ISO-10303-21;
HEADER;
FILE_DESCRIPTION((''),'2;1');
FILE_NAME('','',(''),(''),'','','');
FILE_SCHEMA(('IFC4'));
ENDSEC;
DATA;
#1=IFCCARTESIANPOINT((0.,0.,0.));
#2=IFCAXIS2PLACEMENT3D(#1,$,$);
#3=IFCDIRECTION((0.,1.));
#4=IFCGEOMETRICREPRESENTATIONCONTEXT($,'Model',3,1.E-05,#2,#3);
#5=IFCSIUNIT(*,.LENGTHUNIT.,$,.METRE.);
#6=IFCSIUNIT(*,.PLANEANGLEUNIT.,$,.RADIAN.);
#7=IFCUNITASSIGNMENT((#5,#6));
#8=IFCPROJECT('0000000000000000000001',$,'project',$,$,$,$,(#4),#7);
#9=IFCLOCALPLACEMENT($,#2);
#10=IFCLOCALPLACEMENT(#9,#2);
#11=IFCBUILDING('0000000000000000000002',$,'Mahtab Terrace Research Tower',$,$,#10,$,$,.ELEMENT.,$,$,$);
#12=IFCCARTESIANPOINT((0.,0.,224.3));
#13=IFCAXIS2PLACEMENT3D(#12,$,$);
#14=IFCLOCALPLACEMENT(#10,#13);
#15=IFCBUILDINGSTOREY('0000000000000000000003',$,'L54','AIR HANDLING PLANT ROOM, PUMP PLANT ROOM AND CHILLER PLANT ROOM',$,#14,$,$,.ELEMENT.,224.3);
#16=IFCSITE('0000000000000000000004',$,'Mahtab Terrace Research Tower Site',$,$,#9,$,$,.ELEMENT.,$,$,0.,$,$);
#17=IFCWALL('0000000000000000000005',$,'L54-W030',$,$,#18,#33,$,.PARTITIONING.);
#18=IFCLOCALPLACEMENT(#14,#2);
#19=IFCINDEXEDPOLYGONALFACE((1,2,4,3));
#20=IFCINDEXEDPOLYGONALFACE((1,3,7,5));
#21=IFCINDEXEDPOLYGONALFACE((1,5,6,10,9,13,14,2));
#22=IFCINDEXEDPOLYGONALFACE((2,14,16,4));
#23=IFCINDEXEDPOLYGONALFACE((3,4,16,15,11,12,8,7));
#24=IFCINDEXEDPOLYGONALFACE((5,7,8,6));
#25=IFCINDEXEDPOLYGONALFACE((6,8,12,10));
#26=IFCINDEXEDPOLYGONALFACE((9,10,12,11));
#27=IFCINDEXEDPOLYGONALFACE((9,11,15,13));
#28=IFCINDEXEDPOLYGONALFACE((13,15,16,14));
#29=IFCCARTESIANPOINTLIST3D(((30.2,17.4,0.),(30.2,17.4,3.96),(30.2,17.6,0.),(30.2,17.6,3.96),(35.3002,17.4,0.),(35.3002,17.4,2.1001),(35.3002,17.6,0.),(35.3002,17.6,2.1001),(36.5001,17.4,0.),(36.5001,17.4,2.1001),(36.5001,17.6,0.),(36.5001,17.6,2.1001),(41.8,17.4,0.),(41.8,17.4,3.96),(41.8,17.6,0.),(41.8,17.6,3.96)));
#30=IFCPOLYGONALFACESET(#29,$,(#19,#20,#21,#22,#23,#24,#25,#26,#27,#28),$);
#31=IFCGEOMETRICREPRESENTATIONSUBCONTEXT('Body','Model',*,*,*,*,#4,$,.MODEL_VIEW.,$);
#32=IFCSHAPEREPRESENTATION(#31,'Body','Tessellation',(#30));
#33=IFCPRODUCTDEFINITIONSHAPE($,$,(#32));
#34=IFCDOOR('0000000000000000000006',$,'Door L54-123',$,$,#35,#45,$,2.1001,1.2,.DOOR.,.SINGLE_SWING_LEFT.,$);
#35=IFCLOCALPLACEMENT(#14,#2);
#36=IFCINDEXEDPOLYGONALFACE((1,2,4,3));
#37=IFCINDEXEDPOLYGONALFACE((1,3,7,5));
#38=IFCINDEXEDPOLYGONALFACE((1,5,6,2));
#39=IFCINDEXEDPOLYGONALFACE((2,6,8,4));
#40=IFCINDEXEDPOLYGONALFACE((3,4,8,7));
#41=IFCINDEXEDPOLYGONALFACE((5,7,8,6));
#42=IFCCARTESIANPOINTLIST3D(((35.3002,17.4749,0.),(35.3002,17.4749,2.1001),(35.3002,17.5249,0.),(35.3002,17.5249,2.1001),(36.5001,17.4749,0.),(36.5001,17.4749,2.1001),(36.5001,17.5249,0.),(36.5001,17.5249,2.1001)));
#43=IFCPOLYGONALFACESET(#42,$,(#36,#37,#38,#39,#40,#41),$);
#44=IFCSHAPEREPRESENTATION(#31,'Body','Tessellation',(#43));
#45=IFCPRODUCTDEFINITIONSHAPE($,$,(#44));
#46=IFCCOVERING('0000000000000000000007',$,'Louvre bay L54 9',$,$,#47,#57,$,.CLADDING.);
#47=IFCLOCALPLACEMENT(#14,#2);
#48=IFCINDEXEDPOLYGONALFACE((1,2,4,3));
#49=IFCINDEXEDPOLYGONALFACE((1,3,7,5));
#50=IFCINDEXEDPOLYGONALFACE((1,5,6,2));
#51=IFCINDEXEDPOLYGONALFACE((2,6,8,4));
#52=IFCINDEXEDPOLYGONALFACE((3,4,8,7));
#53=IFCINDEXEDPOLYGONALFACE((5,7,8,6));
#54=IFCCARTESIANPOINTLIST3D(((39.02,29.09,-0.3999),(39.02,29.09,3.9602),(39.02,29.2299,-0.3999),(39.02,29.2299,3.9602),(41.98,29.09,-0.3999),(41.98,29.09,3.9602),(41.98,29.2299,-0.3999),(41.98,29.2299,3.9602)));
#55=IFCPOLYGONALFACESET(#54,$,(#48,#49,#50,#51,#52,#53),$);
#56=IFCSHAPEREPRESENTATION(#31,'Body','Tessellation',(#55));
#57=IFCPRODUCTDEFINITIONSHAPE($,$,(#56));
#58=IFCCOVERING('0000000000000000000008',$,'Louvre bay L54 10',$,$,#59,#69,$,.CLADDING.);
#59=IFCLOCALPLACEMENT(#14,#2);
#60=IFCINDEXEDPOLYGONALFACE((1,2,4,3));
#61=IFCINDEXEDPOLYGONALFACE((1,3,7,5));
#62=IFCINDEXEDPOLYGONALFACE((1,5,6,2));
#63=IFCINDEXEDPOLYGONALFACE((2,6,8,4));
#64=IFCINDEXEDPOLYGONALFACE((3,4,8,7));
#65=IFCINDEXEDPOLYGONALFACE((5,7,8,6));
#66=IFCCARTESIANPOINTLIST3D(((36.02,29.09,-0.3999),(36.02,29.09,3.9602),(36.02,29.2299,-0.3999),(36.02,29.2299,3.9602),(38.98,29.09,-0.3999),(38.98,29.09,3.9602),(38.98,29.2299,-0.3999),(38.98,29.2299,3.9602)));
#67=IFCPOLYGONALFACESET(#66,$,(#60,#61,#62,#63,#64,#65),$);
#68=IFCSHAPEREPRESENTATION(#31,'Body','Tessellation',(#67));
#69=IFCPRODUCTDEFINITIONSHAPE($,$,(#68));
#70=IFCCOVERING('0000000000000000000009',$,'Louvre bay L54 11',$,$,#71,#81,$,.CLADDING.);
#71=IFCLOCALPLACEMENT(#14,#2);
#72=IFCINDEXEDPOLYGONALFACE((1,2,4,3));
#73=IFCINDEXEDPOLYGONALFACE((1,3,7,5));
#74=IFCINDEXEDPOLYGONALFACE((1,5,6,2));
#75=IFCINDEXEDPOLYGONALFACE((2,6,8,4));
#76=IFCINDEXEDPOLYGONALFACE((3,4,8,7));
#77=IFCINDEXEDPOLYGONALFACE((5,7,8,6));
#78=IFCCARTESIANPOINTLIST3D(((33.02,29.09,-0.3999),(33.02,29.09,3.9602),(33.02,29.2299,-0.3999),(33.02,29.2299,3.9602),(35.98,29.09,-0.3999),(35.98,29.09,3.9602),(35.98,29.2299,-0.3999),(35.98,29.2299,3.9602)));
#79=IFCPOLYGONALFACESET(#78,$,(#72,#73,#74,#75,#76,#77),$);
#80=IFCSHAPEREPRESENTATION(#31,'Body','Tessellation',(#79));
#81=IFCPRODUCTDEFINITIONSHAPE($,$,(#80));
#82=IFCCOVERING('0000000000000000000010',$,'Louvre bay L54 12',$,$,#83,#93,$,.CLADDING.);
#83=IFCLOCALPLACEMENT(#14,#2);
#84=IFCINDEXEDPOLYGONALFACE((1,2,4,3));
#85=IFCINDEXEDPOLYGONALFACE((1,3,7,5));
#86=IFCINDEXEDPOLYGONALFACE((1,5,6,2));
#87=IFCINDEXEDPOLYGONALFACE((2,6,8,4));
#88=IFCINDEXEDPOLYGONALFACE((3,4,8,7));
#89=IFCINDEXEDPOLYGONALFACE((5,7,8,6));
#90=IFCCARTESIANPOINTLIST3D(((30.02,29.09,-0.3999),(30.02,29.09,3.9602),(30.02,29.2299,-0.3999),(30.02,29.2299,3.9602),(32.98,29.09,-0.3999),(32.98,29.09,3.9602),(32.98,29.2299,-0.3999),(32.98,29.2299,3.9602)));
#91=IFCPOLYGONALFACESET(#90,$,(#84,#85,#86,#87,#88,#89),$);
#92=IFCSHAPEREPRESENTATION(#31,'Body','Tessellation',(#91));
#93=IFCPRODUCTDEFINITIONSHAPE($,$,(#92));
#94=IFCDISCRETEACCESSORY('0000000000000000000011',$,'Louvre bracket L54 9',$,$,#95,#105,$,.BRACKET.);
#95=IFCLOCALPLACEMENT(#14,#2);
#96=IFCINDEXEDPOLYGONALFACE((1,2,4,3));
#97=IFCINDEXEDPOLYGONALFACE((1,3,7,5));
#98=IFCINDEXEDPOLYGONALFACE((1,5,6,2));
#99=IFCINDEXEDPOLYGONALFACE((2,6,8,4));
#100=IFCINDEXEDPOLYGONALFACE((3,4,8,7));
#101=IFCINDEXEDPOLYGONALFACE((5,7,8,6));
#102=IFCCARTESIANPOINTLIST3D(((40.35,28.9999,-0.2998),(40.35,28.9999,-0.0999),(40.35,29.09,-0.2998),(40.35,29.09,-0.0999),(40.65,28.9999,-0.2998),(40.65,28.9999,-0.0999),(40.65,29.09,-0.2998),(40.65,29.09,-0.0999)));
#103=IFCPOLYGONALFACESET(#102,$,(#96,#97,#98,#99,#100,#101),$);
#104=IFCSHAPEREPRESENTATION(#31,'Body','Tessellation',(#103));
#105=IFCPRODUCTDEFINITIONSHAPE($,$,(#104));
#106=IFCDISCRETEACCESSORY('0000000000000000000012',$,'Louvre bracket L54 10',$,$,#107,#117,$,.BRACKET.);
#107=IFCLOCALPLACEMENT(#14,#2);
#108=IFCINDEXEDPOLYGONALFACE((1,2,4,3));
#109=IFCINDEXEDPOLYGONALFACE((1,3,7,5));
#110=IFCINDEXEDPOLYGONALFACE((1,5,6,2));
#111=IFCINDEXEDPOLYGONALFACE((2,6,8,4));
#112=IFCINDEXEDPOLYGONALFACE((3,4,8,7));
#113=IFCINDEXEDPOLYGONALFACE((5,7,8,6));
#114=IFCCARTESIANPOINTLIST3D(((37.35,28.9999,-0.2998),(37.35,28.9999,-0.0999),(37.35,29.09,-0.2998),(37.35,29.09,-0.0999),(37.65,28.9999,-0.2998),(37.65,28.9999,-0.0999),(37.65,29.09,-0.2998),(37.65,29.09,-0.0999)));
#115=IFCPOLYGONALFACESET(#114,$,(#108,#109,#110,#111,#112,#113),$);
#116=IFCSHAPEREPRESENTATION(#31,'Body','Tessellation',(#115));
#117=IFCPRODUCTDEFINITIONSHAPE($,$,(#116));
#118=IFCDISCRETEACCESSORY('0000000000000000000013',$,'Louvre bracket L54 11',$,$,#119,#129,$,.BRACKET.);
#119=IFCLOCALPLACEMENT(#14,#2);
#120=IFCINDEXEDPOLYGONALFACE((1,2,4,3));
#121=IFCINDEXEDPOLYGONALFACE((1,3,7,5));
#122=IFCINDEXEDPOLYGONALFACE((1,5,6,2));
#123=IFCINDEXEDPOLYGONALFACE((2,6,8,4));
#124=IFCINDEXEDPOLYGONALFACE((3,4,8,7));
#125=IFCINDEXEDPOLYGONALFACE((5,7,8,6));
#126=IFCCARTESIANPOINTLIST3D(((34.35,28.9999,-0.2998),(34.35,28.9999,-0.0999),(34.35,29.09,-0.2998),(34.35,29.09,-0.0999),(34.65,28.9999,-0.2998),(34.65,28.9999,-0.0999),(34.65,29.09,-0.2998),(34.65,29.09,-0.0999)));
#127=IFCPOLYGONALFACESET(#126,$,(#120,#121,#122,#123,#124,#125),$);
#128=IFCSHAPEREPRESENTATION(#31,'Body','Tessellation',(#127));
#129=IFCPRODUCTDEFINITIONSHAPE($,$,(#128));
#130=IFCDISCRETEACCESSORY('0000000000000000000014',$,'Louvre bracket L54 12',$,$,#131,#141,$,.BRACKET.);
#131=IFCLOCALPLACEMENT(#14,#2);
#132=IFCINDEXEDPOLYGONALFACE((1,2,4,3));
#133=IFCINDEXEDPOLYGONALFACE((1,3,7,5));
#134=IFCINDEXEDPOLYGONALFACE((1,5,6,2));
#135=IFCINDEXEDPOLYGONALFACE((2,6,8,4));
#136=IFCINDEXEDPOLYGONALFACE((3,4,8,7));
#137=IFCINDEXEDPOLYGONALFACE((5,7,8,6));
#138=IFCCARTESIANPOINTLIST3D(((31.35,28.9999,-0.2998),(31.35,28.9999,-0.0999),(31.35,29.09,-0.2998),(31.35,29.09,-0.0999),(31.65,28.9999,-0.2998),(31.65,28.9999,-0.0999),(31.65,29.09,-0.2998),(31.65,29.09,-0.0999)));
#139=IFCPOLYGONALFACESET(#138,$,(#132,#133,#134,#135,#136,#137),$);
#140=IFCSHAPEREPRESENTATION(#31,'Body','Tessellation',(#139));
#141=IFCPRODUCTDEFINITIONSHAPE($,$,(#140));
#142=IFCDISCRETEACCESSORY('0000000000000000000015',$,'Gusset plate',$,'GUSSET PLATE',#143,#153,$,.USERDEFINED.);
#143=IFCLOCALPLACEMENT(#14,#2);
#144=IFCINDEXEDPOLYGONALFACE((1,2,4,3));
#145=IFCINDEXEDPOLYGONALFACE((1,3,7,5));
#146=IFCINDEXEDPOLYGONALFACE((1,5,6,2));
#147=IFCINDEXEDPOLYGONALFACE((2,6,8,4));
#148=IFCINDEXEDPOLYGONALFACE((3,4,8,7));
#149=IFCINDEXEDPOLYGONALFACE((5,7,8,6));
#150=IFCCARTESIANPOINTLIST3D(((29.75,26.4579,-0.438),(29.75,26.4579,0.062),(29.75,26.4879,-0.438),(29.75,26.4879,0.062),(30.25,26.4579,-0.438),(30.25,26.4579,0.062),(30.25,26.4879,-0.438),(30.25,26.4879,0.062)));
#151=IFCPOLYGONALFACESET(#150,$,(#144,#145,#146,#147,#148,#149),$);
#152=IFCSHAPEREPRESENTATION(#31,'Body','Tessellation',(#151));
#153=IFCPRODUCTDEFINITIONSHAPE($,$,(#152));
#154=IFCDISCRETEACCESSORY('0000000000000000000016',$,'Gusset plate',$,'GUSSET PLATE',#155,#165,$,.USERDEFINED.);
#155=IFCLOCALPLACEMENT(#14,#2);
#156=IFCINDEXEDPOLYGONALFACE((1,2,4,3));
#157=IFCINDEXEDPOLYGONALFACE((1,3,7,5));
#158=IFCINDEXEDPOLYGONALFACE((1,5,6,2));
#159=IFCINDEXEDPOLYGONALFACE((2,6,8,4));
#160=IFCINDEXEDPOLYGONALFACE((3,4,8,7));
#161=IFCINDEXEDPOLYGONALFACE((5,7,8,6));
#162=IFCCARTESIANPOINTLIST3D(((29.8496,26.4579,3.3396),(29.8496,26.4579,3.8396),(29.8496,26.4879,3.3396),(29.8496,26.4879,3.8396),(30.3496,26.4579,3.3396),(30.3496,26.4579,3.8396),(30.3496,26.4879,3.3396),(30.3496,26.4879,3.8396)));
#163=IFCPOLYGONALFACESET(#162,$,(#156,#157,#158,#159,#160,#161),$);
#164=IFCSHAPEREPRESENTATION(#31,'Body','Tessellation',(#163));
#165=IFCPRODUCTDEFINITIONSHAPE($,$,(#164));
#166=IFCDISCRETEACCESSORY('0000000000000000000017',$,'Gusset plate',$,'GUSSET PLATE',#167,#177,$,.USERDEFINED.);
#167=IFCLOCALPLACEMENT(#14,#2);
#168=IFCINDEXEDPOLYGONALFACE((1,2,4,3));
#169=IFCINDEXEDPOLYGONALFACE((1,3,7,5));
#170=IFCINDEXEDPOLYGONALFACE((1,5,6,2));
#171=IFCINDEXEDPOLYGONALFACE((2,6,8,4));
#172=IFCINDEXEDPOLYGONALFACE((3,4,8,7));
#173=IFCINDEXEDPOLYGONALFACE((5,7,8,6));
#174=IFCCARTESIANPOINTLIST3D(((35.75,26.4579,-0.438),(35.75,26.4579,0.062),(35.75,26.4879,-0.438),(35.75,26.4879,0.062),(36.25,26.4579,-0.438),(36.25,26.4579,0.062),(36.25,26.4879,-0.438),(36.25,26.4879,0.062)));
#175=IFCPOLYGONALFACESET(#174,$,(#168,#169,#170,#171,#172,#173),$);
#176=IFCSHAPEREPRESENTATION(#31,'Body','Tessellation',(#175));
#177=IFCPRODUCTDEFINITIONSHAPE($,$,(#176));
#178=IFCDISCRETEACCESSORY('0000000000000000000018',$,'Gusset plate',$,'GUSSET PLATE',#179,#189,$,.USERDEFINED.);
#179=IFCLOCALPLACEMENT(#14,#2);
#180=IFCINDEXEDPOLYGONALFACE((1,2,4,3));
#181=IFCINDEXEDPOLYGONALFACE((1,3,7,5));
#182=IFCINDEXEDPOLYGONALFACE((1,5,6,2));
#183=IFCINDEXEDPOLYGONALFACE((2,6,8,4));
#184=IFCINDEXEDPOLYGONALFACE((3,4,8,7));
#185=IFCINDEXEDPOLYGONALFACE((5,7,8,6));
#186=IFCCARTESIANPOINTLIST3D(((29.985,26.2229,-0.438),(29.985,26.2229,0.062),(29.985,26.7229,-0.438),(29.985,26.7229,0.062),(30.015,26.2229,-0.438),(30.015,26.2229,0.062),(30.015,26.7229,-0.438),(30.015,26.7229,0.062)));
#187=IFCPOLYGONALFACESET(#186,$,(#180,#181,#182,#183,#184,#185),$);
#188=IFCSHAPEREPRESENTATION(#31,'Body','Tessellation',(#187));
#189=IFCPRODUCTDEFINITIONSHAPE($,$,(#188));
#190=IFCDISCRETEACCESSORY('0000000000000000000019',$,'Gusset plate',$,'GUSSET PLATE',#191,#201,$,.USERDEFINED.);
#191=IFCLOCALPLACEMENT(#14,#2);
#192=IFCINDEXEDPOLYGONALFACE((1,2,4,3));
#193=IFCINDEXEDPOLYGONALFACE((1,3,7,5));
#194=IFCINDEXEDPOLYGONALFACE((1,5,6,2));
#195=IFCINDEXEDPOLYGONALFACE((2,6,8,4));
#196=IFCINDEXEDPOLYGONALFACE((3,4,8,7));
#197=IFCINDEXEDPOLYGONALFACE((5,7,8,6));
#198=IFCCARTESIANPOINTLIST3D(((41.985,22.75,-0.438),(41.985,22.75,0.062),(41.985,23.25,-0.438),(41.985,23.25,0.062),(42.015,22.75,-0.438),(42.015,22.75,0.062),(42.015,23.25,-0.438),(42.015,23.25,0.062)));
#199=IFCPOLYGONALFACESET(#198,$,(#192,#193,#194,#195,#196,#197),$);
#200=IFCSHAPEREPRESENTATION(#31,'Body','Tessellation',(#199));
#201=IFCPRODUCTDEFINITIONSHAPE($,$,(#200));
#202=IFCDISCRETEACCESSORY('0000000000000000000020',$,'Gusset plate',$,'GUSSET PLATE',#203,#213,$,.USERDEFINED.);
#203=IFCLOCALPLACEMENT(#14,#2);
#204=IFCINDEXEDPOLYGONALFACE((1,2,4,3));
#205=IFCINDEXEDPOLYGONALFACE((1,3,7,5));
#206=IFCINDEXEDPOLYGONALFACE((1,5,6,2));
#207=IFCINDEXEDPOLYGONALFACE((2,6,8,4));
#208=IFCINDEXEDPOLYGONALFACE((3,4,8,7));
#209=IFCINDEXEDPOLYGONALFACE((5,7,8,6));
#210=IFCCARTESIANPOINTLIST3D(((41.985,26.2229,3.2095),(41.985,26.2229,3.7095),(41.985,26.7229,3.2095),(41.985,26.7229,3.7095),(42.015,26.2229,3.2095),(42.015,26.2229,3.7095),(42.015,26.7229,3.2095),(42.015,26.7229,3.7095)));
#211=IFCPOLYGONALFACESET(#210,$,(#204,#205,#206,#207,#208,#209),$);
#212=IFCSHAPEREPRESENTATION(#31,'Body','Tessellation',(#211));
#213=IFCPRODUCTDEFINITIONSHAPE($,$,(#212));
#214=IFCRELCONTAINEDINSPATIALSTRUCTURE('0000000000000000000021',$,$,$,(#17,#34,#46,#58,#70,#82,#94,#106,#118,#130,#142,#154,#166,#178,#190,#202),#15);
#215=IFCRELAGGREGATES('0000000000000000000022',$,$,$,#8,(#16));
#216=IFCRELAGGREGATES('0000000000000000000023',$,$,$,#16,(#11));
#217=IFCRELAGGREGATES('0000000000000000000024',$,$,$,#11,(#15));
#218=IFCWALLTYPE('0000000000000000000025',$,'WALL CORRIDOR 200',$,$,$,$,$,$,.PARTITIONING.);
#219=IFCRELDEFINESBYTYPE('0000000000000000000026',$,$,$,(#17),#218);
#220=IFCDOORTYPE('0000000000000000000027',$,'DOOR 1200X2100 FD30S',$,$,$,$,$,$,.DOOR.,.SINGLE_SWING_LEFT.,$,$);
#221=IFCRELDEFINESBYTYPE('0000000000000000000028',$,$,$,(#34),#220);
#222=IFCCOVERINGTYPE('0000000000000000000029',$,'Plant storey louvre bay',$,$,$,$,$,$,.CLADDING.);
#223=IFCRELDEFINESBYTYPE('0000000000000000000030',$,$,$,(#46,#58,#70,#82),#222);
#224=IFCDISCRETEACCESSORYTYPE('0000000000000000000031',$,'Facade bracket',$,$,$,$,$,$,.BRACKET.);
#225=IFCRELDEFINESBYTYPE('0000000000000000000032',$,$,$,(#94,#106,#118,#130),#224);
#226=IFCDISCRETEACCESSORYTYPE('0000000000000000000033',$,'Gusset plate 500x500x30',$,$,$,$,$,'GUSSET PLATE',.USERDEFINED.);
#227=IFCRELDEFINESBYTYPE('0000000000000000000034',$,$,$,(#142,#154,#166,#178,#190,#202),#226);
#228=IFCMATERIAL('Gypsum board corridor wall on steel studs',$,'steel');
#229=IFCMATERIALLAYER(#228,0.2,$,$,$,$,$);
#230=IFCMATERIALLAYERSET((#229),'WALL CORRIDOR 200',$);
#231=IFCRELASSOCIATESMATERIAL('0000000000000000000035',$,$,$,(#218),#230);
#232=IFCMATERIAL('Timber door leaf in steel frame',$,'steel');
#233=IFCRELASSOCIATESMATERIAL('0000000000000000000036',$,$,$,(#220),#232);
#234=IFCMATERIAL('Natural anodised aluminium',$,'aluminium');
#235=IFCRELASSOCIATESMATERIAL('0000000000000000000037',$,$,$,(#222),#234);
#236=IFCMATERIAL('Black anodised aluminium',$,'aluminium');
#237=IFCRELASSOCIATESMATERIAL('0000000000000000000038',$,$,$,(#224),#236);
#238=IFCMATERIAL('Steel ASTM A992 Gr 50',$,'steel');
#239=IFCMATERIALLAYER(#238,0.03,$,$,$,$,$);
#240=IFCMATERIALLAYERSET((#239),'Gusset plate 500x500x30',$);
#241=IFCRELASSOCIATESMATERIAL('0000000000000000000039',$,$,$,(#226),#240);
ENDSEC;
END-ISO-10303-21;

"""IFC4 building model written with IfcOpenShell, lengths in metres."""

from ifc_helpers import new_model, si_unit, direction, frame, frame_2d, origin, origin_2d, place, context, subcontext, project, spatial, rectangle, extrude, material, layer, layer_set, type_object, element, fill, save


model = new_model("IFC4")

# Units and contexts
model_context = context("Model", 3, precision=1e-05, world=origin(), true_north=direction((0.0, 1.0)))
body_context = subcontext(model_context, "Body", "Model", "MODEL_VIEW")
ifc_project = project(units=[si_unit("LENGTHUNIT", "METRE"), si_unit("PLANEANGLEUNIT", "RADIAN")], contexts=[model_context])

# Site, building, storey
site_placement = place(None, origin())
site = spatial("IfcSite", under=ifc_project, at=site_placement, Name="Mahtab Terrace Research Tower Site", CompositionType="ELEMENT", RefElevation=0.0)
building_placement = place(site_placement, origin())
building = spatial("IfcBuilding", under=site, at=building_placement, Name="Mahtab Terrace Research Tower", CompositionType="ELEMENT")
storey_placement = place(building_placement, frame((0.0, 0.0, 224.3)))
storey = spatial("IfcBuildingStorey", under=building, at=storey_placement, Name="L54", Description="AIR HANDLING PLANT ROOM, PUMP PLANT ROOM AND CHILLER PLANT ROOM", CompositionType="ELEMENT", Elevation=224.3)

# Shared definitions
ifc_material_1 = material(Name="Steel ASTM A992 Gr 50", Category="steel")

# Wall, opening, door
ifc_material_2 = material(Name="Gypsum board corridor wall on steel studs", Category="steel")
ifc_layer_1 = layer(ifc_material_2, 0.2)
ifc_layer_set_1 = layer_set([ifc_layer_1], Name="WALL CORRIDOR 200")
wall_type = type_object("IfcWallType", Name="WALL CORRIDOR 200", PredefinedType="PARTITIONING", material=ifc_layer_set_1)
wall_placement = place(storey_placement, frame((30.2, 17.5, 0.0), z_axis=(0.0, 0.0, 1.0), x_axis=(1.0, 0.0, 0.0)))
wall = element("IfcWall", 1, at=wall_placement, inside=storey, type_object=wall_type, Name="L54-W030", PredefinedType="PARTITIONING", context=body_context, shape_type="SweptSolid", body=[
    extrude(rectangle(XDim=11.6001, YDim=0.2, at=frame_2d((5.8, 0.0))), origin(), (0.0, 0.0, 1.0), 3.96),
])
opening_placement = place(wall_placement, frame((5.1001, 0.0, 0.0)))
opening = element("IfcOpeningElement", 2, at=opening_placement, cuts=wall, PredefinedType="OPENING", context=body_context, shape_type="SweptSolid", body=[
    extrude(rectangle(XDim=1.2, YDim=2.1001, at=frame_2d((0.6001, 1.05))), frame((0.0, 0.1099, 0.0), z_axis=(0.0, -1.0, 0.0), x_axis=(1.0, 0.0, 0.0)), (0.0, 0.0, 1.0), 0.22),
])
ifc_material_3 = material(Name="Timber door leaf in steel frame", Category="steel")
door_type = type_object("IfcDoorType", Name="DOOR 1200X2100 FD30S", OperationType="SINGLE_SWING_LEFT", PredefinedType="DOOR", material=ifc_material_3)
door_placement = place(opening_placement, origin())
door = element("IfcDoor", 3, at=door_placement, inside=storey, type_object=door_type, Name="Door L54-123", OperationType="SINGLE_SWING_LEFT", OverallHeight=2.1001, OverallWidth=1.2, PredefinedType="DOOR", context=body_context, shape_type="SweptSolid", body=[
    extrude(rectangle(XDim=1.2, YDim=2.1001, at=frame_2d((0.6001, 1.05))), frame((0.0, 0.0249, 0.0), z_axis=(0.0, -1.0, 0.0), x_axis=(1.0, 0.0, 0.0)), (0.0, 0.0, 1.0), 0.05),
])
fill(opening, door)

# Coverings
ifc_material_4 = material(Name="Natural anodised aluminium", Category="aluminium")
covering_type = type_object("IfcCoveringType", Name="Plant storey louvre bay", PredefinedType="CLADDING", material=ifc_material_4)
for number, where, z_axis, x_axis, name in (
    (4, (40.5, 29.1599, -0.3999), (0.0, 0.0, 1.0), (-1.0, 0.0, 0.0), "Louvre bay L54 9"),
    (5, (37.5, 29.1599, -0.3999), (0.0, 0.0, 1.0), (-1.0, 0.0, 0.0), "Louvre bay L54 10"),
    (6, (34.5, 29.1599, -0.3999), (0.0, 0.0, 1.0), (-1.0, 0.0, 0.0), "Louvre bay L54 11"),
    (7, (31.5, 29.1599, -0.3999), (0.0, 0.0, 1.0), (-1.0, 0.0, 0.0), "Louvre bay L54 12"),
):
    element("IfcCovering", number, at=place(storey_placement, frame(where, z_axis=z_axis, x_axis=x_axis)), inside=storey, type_object=covering_type, Name=name, PredefinedType="CLADDING", context=body_context, shape_type="SweptSolid", body=[
        extrude(rectangle(XDim=2.96, YDim=0.1399, at=origin_2d()), origin(), (0.0, 0.0, 1.0), 4.3601),
    ])

# Discrete accessories
ifc_material_5 = material(Name="Black anodised aluminium", Category="aluminium")
discrete_accessory_type_1 = type_object("IfcDiscreteAccessoryType", Name="Facade bracket", PredefinedType="BRACKET", material=ifc_material_5)
for number, where, z_axis, x_axis, name in (
    (8, (40.5, 29.0449, -0.2998), (0.0, 0.0, 1.0), (-1.0, 0.0, 0.0), "Louvre bracket L54 9"),
    (9, (37.5, 29.0449, -0.2998), (0.0, 0.0, 1.0), (-1.0, 0.0, 0.0), "Louvre bracket L54 10"),
    (10, (34.5, 29.0449, -0.2998), (0.0, 0.0, 1.0), (-1.0, 0.0, 0.0), "Louvre bracket L54 11"),
    (11, (31.5, 29.0449, -0.2998), (0.0, 0.0, 1.0), (-1.0, 0.0, 0.0), "Louvre bracket L54 12"),
):
    element("IfcDiscreteAccessory", number, at=place(storey_placement, frame(where, z_axis=z_axis, x_axis=x_axis)), inside=storey, type_object=discrete_accessory_type_1, Name=name, PredefinedType="BRACKET", context=body_context, shape_type="SweptSolid", body=[
        extrude(rectangle(XDim=0.3, YDim=0.0901, at=origin_2d()), origin(), (0.0, 0.0, 1.0), 0.2),
    ])
ifc_layer_2 = layer(ifc_material_1, 0.03)
ifc_layer_set_2 = layer_set([ifc_layer_2], Name="Gusset plate 500x500x30")
discrete_accessory_type_2 = type_object("IfcDiscreteAccessoryType", Name="Gusset plate 500x500x30", ElementType="GUSSET PLATE", PredefinedType="USERDEFINED", material=ifc_layer_set_2)
for number, where, z_axis, x_axis, name in (
    (12, (30.0, 26.4729, -0.438), (0.0, 0.0, 1.0), (1.0, 0.0, 0.0), "Gusset plate"),
    (13, (30.0996, 26.4729, 3.3396), (0.0, 0.0, 1.0), (1.0, 0.0, 0.0), "Gusset plate"),
    (14, (36.0, 26.4729, -0.438), (0.0, 0.0, 1.0), (1.0, 0.0, 0.0), "Gusset plate"),
    (15, (30.0, 26.4729, -0.438), (0.0, 0.0, 1.0), (0.0, 1.0, 0.0), "Gusset plate"),
    (16, (42.0, 23.0, -0.438), (0.0, 0.0, 1.0), (0.0, 1.0, 0.0), "Gusset plate"),
    (17, (42.0, 26.4729, 3.2095), (0.0, 0.0, 1.0), (0.0, 1.0, 0.0), "Gusset plate"),
):
    element("IfcDiscreteAccessory", number, at=place(storey_placement, frame(where, z_axis=z_axis, x_axis=x_axis)), inside=storey, type_object=discrete_accessory_type_2, Name=name, ObjectType="GUSSET PLATE", PredefinedType="USERDEFINED", context=body_context, shape_type="SweptSolid", body=[
        extrude(rectangle(XDim=0.5, YDim=0.03, at=origin_2d()), origin(), (0.0, 0.0, 1.0), 0.5),
    ])

save(model, "model.ifc")
